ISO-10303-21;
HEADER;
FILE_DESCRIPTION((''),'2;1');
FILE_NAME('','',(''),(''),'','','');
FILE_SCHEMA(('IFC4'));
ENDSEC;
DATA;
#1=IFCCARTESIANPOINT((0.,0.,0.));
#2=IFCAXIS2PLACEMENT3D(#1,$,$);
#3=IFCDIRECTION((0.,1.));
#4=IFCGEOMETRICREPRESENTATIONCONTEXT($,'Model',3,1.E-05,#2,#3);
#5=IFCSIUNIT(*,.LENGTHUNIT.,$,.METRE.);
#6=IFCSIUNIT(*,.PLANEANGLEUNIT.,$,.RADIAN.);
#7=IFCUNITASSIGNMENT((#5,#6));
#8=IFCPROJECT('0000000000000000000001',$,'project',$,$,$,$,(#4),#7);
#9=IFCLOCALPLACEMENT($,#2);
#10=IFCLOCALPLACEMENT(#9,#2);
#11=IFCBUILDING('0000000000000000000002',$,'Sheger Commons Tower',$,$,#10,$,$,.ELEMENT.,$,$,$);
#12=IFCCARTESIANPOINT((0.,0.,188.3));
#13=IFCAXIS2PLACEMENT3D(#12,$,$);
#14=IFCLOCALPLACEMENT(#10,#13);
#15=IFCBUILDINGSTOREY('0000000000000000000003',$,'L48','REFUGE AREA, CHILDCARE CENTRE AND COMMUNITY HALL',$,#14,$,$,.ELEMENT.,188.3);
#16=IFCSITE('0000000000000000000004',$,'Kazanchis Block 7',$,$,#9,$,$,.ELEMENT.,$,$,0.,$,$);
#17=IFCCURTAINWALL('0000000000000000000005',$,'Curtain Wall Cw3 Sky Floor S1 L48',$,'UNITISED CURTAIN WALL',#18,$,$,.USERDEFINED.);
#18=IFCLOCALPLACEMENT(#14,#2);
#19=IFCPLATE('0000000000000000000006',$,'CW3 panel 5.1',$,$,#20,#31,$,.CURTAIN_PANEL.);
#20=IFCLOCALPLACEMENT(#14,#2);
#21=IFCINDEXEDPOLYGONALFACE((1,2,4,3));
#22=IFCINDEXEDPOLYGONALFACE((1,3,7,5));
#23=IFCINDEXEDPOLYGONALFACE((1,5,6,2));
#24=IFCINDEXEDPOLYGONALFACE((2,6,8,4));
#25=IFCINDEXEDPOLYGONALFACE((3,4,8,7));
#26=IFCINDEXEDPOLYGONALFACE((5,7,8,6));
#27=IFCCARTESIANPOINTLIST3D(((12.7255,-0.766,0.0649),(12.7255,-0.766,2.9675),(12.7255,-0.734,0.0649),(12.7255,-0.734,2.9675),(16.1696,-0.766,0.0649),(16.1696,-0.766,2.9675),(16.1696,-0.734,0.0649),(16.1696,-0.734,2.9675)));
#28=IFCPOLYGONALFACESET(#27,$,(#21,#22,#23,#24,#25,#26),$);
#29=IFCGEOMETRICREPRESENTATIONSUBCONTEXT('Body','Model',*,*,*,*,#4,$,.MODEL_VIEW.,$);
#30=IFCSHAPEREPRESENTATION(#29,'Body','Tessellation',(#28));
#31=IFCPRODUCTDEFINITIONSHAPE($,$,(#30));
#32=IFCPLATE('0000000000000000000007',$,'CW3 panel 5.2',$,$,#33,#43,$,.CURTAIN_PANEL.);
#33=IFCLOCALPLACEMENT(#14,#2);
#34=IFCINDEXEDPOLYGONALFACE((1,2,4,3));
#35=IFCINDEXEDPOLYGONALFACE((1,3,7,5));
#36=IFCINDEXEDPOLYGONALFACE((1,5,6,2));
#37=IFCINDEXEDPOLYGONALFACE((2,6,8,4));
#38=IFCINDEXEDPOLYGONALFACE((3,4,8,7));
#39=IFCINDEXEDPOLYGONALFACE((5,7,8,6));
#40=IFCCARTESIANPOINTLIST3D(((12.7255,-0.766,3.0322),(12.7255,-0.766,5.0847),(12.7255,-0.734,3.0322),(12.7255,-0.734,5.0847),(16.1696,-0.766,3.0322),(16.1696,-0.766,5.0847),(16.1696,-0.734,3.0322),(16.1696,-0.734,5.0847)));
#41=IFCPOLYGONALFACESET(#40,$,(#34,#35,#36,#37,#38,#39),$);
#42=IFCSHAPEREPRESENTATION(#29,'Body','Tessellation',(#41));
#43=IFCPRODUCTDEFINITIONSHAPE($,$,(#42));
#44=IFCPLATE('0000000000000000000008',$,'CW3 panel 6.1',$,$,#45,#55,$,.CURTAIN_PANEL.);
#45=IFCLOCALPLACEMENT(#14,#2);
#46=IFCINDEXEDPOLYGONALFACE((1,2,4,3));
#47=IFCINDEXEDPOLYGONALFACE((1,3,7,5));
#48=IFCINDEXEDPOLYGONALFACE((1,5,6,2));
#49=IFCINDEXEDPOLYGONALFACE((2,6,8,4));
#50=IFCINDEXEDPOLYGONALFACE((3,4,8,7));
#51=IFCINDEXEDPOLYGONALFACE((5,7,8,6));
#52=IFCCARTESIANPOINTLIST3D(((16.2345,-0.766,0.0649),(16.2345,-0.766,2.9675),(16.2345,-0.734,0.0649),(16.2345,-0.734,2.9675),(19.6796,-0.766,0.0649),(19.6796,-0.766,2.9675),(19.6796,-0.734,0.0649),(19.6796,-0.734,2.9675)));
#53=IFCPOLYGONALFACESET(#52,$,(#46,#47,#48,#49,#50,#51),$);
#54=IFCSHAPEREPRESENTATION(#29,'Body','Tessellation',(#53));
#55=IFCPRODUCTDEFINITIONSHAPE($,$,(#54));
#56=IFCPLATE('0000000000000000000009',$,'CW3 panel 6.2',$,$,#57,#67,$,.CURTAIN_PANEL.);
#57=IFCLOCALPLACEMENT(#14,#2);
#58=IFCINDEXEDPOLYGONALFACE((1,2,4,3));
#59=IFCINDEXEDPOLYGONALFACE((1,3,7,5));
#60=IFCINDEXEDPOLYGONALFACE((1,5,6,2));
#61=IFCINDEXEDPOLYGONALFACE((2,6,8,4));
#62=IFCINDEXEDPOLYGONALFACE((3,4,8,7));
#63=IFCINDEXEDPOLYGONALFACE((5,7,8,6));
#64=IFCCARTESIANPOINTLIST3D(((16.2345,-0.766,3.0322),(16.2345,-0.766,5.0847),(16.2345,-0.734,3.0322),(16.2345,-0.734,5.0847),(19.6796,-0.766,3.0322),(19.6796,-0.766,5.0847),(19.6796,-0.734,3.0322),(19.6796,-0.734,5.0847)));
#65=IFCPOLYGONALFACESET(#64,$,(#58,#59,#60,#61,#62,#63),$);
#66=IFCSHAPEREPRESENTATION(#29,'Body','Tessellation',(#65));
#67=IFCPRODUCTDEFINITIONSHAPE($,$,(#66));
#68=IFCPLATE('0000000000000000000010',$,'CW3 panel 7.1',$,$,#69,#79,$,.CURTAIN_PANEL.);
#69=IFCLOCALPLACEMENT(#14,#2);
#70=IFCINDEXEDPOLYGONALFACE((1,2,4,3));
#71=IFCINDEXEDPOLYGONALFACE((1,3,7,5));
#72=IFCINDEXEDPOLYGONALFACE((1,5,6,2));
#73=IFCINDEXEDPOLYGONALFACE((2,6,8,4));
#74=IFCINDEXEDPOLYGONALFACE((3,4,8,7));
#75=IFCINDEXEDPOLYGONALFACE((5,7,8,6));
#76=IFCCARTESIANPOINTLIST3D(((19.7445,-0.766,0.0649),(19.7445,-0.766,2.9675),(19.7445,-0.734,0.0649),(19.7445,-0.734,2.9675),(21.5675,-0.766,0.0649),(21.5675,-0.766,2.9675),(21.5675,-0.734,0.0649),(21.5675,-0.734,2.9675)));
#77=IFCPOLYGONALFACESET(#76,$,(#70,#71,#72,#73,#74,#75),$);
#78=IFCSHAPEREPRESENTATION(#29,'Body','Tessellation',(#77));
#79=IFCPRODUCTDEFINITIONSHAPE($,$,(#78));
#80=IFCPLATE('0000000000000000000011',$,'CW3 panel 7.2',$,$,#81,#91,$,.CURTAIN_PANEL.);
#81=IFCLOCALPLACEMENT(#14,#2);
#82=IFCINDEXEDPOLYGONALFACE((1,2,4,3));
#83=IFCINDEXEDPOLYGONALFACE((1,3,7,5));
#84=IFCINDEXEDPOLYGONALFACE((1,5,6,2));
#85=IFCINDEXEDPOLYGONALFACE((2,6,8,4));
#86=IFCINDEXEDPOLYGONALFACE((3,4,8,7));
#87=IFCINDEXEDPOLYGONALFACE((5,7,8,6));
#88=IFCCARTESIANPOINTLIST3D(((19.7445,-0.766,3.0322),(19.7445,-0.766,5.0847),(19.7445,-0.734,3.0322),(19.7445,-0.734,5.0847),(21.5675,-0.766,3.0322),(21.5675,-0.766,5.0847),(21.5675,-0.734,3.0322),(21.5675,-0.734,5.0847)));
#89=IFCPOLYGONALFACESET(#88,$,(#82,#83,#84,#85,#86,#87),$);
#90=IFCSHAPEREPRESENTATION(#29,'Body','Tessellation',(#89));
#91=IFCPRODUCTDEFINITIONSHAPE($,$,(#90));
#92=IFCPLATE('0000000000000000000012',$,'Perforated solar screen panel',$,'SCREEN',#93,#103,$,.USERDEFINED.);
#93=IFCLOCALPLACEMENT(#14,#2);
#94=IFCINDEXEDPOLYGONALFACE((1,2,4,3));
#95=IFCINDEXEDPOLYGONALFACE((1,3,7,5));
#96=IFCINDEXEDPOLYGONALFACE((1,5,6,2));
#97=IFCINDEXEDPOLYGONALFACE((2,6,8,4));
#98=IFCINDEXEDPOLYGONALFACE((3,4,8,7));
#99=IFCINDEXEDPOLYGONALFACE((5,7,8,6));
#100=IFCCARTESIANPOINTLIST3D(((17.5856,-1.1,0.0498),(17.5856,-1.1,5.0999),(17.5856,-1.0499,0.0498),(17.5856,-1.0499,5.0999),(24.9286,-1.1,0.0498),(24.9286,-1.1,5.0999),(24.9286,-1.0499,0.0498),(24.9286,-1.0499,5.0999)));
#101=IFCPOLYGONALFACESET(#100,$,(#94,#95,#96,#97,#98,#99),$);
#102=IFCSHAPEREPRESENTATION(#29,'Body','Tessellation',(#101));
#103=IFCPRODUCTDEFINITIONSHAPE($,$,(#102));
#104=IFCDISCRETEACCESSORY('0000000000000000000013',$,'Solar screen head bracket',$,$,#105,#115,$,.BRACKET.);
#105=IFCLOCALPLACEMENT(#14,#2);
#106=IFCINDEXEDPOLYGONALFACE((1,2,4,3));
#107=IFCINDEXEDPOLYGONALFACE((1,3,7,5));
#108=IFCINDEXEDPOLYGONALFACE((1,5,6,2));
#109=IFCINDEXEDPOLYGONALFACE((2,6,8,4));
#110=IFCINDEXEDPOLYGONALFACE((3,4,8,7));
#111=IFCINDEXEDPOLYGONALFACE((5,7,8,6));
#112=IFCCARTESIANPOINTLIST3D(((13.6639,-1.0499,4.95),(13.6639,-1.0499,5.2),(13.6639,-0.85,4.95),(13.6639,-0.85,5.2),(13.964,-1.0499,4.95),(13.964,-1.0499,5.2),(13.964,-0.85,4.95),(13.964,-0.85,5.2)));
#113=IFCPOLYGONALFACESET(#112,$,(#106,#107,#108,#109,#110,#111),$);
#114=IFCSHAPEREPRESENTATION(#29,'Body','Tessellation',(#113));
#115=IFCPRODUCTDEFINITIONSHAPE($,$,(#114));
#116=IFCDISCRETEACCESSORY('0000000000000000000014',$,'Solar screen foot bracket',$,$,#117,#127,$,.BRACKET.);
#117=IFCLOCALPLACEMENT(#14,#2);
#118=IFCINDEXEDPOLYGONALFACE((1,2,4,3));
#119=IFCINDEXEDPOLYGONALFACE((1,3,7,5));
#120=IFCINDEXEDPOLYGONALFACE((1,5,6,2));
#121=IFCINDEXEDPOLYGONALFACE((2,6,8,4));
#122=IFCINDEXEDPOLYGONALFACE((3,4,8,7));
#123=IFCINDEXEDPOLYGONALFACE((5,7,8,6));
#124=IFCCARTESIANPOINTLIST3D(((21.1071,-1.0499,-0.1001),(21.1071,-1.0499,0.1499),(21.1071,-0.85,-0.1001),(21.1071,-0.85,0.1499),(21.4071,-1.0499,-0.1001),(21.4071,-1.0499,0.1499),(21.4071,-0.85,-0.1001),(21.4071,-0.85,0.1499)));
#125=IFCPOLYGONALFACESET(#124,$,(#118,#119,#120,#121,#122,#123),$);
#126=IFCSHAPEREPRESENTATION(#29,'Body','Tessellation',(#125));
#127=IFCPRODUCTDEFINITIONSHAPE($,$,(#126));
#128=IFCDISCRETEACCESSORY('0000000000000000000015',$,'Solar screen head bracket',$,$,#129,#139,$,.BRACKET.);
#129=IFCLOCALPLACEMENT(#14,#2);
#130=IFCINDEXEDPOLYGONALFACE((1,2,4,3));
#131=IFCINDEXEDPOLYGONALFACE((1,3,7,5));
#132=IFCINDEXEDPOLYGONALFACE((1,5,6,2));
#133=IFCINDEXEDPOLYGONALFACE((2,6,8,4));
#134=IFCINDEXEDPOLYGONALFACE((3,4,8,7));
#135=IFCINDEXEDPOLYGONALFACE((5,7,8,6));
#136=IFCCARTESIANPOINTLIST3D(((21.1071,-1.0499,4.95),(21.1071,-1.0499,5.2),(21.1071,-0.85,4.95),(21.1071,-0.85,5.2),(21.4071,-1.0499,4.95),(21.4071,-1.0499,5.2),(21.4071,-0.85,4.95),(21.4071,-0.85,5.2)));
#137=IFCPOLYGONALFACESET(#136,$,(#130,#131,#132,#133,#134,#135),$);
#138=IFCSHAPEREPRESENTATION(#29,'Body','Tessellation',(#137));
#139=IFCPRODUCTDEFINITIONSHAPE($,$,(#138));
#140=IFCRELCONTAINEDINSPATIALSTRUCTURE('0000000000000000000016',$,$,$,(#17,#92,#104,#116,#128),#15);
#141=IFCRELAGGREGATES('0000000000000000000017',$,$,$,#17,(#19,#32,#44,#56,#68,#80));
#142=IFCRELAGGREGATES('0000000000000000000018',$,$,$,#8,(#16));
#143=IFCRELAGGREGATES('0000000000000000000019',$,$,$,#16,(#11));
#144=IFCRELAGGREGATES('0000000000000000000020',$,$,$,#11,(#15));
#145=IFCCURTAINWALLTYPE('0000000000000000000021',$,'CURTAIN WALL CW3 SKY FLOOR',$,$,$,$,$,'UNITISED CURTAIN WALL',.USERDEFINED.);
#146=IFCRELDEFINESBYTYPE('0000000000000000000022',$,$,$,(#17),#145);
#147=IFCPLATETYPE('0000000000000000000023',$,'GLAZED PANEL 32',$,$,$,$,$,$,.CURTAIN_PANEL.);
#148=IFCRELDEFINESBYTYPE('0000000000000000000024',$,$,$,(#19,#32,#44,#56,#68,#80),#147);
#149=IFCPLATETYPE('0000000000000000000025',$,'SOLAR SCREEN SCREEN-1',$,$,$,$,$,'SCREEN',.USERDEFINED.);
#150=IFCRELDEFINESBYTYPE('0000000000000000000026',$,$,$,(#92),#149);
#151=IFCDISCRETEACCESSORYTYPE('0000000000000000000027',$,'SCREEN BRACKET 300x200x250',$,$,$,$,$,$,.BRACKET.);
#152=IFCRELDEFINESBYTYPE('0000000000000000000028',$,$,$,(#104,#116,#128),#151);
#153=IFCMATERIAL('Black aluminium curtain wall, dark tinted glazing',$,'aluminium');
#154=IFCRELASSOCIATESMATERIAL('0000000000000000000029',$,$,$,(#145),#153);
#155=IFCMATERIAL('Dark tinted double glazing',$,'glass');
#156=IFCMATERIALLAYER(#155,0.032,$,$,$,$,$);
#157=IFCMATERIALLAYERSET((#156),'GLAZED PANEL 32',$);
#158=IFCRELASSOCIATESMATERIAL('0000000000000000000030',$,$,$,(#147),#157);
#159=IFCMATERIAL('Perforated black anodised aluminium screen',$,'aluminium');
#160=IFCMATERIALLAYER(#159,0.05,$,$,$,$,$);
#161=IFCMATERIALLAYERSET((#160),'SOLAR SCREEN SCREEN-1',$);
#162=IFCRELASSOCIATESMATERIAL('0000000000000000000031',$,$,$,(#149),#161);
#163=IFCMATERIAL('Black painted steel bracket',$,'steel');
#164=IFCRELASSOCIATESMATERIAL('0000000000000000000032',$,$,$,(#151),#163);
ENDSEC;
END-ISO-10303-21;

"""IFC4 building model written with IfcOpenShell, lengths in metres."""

from ifc_helpers import new_model, si_unit, direction, frame, origin, origin_2d, place, context, subcontext, project, spatial, rectangle, extrude, material, layer, layer_set, type_object, element, aggregate, save


model = new_model("IFC4")

# Units and contexts
model_context = context("Model", 3, precision=1e-05, world=origin(), true_north=direction((0.0, 1.0)))
body_context = subcontext(model_context, "Body", "Model", "MODEL_VIEW")
ifc_project = project(units=[si_unit("LENGTHUNIT", "METRE"), si_unit("PLANEANGLEUNIT", "RADIAN")], contexts=[model_context])

# Site, building, storey
site_placement = place(None, origin())
site = spatial("IfcSite", under=ifc_project, at=site_placement, Name="Kazanchis Block 7", CompositionType="ELEMENT", RefElevation=0.0)
building_placement = place(site_placement, origin())
building = spatial("IfcBuilding", under=site, at=building_placement, Name="Sheger Commons Tower", CompositionType="ELEMENT")
storey_placement = place(building_placement, frame((0.0, 0.0, 188.3)))
storey = spatial("IfcBuildingStorey", under=building, at=storey_placement, Name="L48", Description="REFUGE AREA, CHILDCARE CENTRE AND COMMUNITY HALL", CompositionType="ELEMENT", Elevation=188.3)

# Curtain wall
ifc_material_1 = material(Name="Black aluminium curtain wall, dark tinted glazing", Category="aluminium")
curtain_wall_type = type_object("IfcCurtainWallType", Name="CURTAIN WALL CW3 SKY FLOOR", ElementType="UNITISED CURTAIN WALL", PredefinedType="USERDEFINED", material=ifc_material_1)
curtain_wall_placement = place(storey_placement, origin())
curtain_wall = element("IfcCurtainWall", 1, at=curtain_wall_placement, inside=storey, type_object=curtain_wall_type, Name="Curtain Wall Cw3 Sky Floor S1 L48", ObjectType="UNITISED CURTAIN WALL", PredefinedType="USERDEFINED")

# Plates
ifc_material_2 = material(Name="Dark tinted double glazing", Category="glass")
ifc_layer_1 = layer(ifc_material_2, 0.032)
ifc_layer_set_1 = layer_set([ifc_layer_1], Name="GLAZED PANEL 32")
plate_type_1 = type_object("IfcPlateType", Name="GLAZED PANEL 32", PredefinedType="CURTAIN_PANEL", material=ifc_layer_set_1)
plate_1_placement = place(storey_placement, frame((14.4475, -0.75, 0.0649), z_axis=(0.0, 0.0, 1.0), x_axis=(1.0, 0.0, 0.0)))
plate_1 = element("IfcPlate", 2, at=plate_1_placement, type_object=plate_type_1, Name="CW3 panel 5.1", PredefinedType="CURTAIN_PANEL", context=body_context, shape_type="SweptSolid", body=[
    extrude(rectangle(XDim=3.4441, YDim=0.032, at=origin_2d()), origin(), (0.0, 0.0, 1.0), 2.9026),
])
plate_2_placement = place(storey_placement, frame((14.4475, -0.75, 3.0322), z_axis=(0.0, 0.0, 1.0), x_axis=(1.0, 0.0, 0.0)))
plate_2 = element("IfcPlate", 3, at=plate_2_placement, type_object=plate_type_1, Name="CW3 panel 5.2", PredefinedType="CURTAIN_PANEL", context=body_context, shape_type="SweptSolid", body=[
    extrude(rectangle(XDim=3.4441, YDim=0.032, at=origin_2d()), origin(), (0.0, 0.0, 1.0), 2.0525),
])
plate_3_placement = place(storey_placement, frame((17.957, -0.75, 0.0649), z_axis=(0.0, 0.0, 1.0), x_axis=(1.0, 0.0, 0.0)))
plate_3 = element("IfcPlate", 4, at=plate_3_placement, type_object=plate_type_1, Name="CW3 panel 6.1", PredefinedType="CURTAIN_PANEL", context=body_context, shape_type="SweptSolid", body=[
    extrude(rectangle(XDim=3.4451, YDim=0.032, at=origin_2d()), origin(), (0.0, 0.0, 1.0), 2.9026),
])
plate_4_placement = place(storey_placement, frame((17.957, -0.75, 3.0322), z_axis=(0.0, 0.0, 1.0), x_axis=(1.0, 0.0, 0.0)))
plate_4 = element("IfcPlate", 5, at=plate_4_placement, type_object=plate_type_1, Name="CW3 panel 6.2", PredefinedType="CURTAIN_PANEL", context=body_context, shape_type="SweptSolid", body=[
    extrude(rectangle(XDim=3.4451, YDim=0.032, at=origin_2d()), origin(), (0.0, 0.0, 1.0), 2.0525),
])
plate_5_placement = place(storey_placement, frame((20.656, -0.75, 0.0649), z_axis=(0.0, 0.0, 1.0), x_axis=(1.0, 0.0, 0.0)))
plate_5 = element("IfcPlate", 6, at=plate_5_placement, type_object=plate_type_1, Name="CW3 panel 7.1", PredefinedType="CURTAIN_PANEL", context=body_context, shape_type="SweptSolid", body=[
    extrude(rectangle(XDim=1.823, YDim=0.032, at=origin_2d()), origin(), (0.0, 0.0, 1.0), 2.9026),
])
plate_6_placement = place(storey_placement, frame((20.656, -0.75, 3.0322), z_axis=(0.0, 0.0, 1.0), x_axis=(1.0, 0.0, 0.0)))
plate_6 = element("IfcPlate", 7, at=plate_6_placement, type_object=plate_type_1, Name="CW3 panel 7.2", PredefinedType="CURTAIN_PANEL", context=body_context, shape_type="SweptSolid", body=[
    extrude(rectangle(XDim=1.823, YDim=0.032, at=origin_2d()), origin(), (0.0, 0.0, 1.0), 2.0525),
])
aggregate(curtain_wall, [plate_1, plate_2, plate_3, plate_4, plate_5, plate_6])
ifc_material_3 = material(Name="Perforated black anodised aluminium screen", Category="aluminium")
ifc_layer_2 = layer(ifc_material_3, 0.05)
ifc_layer_set_2 = layer_set([ifc_layer_2], Name="SOLAR SCREEN SCREEN-1")
plate_type_2 = type_object("IfcPlateType", Name="SOLAR SCREEN SCREEN-1", ElementType="SCREEN", PredefinedType="USERDEFINED", material=ifc_layer_set_2)
plate_7_placement = place(storey_placement, frame((21.2571, -1.075, 0.0498), z_axis=(0.0, 0.0, 1.0), x_axis=(1.0, 0.0, 0.0)))
element("IfcPlate", 8, at=plate_7_placement, inside=storey, type_object=plate_type_2, Name="Perforated solar screen panel", ObjectType="SCREEN", PredefinedType="USERDEFINED", context=body_context, shape_type="SweptSolid", body=[
    extrude(rectangle(XDim=7.343, YDim=0.05, at=origin_2d()), origin(), (0.0, 0.0, 1.0), 5.05),
])

# Discrete accessories
ifc_material_4 = material(Name="Black painted steel bracket", Category="steel")
discrete_accessory_type = type_object("IfcDiscreteAccessoryType", Name="SCREEN BRACKET 300x200x250", PredefinedType="BRACKET", material=ifc_material_4)
for number, where, z_axis, x_axis, name in (
    (9, (13.814, -0.95, 4.95), (0.0, 0.0, 1.0), (1.0, 0.0, 0.0), "Solar screen head bracket"),
    (10, (21.2571, -0.95, -0.1001), (0.0, 0.0, 1.0), (1.0, 0.0, 0.0), "Solar screen foot bracket"),
    (11, (21.2571, -0.95, 4.95), (0.0, 0.0, 1.0), (1.0, 0.0, 0.0), "Solar screen head bracket"),
):
    element("IfcDiscreteAccessory", number, at=place(storey_placement, frame(where, z_axis=z_axis, x_axis=x_axis)), inside=storey, type_object=discrete_accessory_type, Name=name, PredefinedType="BRACKET", context=body_context, shape_type="SweptSolid", body=[
        extrude(rectangle(XDim=0.3, YDim=0.2, at=origin_2d()), origin(), (0.0, 0.0, 1.0), 0.25),
    ])

save(model, "model.ifc")
